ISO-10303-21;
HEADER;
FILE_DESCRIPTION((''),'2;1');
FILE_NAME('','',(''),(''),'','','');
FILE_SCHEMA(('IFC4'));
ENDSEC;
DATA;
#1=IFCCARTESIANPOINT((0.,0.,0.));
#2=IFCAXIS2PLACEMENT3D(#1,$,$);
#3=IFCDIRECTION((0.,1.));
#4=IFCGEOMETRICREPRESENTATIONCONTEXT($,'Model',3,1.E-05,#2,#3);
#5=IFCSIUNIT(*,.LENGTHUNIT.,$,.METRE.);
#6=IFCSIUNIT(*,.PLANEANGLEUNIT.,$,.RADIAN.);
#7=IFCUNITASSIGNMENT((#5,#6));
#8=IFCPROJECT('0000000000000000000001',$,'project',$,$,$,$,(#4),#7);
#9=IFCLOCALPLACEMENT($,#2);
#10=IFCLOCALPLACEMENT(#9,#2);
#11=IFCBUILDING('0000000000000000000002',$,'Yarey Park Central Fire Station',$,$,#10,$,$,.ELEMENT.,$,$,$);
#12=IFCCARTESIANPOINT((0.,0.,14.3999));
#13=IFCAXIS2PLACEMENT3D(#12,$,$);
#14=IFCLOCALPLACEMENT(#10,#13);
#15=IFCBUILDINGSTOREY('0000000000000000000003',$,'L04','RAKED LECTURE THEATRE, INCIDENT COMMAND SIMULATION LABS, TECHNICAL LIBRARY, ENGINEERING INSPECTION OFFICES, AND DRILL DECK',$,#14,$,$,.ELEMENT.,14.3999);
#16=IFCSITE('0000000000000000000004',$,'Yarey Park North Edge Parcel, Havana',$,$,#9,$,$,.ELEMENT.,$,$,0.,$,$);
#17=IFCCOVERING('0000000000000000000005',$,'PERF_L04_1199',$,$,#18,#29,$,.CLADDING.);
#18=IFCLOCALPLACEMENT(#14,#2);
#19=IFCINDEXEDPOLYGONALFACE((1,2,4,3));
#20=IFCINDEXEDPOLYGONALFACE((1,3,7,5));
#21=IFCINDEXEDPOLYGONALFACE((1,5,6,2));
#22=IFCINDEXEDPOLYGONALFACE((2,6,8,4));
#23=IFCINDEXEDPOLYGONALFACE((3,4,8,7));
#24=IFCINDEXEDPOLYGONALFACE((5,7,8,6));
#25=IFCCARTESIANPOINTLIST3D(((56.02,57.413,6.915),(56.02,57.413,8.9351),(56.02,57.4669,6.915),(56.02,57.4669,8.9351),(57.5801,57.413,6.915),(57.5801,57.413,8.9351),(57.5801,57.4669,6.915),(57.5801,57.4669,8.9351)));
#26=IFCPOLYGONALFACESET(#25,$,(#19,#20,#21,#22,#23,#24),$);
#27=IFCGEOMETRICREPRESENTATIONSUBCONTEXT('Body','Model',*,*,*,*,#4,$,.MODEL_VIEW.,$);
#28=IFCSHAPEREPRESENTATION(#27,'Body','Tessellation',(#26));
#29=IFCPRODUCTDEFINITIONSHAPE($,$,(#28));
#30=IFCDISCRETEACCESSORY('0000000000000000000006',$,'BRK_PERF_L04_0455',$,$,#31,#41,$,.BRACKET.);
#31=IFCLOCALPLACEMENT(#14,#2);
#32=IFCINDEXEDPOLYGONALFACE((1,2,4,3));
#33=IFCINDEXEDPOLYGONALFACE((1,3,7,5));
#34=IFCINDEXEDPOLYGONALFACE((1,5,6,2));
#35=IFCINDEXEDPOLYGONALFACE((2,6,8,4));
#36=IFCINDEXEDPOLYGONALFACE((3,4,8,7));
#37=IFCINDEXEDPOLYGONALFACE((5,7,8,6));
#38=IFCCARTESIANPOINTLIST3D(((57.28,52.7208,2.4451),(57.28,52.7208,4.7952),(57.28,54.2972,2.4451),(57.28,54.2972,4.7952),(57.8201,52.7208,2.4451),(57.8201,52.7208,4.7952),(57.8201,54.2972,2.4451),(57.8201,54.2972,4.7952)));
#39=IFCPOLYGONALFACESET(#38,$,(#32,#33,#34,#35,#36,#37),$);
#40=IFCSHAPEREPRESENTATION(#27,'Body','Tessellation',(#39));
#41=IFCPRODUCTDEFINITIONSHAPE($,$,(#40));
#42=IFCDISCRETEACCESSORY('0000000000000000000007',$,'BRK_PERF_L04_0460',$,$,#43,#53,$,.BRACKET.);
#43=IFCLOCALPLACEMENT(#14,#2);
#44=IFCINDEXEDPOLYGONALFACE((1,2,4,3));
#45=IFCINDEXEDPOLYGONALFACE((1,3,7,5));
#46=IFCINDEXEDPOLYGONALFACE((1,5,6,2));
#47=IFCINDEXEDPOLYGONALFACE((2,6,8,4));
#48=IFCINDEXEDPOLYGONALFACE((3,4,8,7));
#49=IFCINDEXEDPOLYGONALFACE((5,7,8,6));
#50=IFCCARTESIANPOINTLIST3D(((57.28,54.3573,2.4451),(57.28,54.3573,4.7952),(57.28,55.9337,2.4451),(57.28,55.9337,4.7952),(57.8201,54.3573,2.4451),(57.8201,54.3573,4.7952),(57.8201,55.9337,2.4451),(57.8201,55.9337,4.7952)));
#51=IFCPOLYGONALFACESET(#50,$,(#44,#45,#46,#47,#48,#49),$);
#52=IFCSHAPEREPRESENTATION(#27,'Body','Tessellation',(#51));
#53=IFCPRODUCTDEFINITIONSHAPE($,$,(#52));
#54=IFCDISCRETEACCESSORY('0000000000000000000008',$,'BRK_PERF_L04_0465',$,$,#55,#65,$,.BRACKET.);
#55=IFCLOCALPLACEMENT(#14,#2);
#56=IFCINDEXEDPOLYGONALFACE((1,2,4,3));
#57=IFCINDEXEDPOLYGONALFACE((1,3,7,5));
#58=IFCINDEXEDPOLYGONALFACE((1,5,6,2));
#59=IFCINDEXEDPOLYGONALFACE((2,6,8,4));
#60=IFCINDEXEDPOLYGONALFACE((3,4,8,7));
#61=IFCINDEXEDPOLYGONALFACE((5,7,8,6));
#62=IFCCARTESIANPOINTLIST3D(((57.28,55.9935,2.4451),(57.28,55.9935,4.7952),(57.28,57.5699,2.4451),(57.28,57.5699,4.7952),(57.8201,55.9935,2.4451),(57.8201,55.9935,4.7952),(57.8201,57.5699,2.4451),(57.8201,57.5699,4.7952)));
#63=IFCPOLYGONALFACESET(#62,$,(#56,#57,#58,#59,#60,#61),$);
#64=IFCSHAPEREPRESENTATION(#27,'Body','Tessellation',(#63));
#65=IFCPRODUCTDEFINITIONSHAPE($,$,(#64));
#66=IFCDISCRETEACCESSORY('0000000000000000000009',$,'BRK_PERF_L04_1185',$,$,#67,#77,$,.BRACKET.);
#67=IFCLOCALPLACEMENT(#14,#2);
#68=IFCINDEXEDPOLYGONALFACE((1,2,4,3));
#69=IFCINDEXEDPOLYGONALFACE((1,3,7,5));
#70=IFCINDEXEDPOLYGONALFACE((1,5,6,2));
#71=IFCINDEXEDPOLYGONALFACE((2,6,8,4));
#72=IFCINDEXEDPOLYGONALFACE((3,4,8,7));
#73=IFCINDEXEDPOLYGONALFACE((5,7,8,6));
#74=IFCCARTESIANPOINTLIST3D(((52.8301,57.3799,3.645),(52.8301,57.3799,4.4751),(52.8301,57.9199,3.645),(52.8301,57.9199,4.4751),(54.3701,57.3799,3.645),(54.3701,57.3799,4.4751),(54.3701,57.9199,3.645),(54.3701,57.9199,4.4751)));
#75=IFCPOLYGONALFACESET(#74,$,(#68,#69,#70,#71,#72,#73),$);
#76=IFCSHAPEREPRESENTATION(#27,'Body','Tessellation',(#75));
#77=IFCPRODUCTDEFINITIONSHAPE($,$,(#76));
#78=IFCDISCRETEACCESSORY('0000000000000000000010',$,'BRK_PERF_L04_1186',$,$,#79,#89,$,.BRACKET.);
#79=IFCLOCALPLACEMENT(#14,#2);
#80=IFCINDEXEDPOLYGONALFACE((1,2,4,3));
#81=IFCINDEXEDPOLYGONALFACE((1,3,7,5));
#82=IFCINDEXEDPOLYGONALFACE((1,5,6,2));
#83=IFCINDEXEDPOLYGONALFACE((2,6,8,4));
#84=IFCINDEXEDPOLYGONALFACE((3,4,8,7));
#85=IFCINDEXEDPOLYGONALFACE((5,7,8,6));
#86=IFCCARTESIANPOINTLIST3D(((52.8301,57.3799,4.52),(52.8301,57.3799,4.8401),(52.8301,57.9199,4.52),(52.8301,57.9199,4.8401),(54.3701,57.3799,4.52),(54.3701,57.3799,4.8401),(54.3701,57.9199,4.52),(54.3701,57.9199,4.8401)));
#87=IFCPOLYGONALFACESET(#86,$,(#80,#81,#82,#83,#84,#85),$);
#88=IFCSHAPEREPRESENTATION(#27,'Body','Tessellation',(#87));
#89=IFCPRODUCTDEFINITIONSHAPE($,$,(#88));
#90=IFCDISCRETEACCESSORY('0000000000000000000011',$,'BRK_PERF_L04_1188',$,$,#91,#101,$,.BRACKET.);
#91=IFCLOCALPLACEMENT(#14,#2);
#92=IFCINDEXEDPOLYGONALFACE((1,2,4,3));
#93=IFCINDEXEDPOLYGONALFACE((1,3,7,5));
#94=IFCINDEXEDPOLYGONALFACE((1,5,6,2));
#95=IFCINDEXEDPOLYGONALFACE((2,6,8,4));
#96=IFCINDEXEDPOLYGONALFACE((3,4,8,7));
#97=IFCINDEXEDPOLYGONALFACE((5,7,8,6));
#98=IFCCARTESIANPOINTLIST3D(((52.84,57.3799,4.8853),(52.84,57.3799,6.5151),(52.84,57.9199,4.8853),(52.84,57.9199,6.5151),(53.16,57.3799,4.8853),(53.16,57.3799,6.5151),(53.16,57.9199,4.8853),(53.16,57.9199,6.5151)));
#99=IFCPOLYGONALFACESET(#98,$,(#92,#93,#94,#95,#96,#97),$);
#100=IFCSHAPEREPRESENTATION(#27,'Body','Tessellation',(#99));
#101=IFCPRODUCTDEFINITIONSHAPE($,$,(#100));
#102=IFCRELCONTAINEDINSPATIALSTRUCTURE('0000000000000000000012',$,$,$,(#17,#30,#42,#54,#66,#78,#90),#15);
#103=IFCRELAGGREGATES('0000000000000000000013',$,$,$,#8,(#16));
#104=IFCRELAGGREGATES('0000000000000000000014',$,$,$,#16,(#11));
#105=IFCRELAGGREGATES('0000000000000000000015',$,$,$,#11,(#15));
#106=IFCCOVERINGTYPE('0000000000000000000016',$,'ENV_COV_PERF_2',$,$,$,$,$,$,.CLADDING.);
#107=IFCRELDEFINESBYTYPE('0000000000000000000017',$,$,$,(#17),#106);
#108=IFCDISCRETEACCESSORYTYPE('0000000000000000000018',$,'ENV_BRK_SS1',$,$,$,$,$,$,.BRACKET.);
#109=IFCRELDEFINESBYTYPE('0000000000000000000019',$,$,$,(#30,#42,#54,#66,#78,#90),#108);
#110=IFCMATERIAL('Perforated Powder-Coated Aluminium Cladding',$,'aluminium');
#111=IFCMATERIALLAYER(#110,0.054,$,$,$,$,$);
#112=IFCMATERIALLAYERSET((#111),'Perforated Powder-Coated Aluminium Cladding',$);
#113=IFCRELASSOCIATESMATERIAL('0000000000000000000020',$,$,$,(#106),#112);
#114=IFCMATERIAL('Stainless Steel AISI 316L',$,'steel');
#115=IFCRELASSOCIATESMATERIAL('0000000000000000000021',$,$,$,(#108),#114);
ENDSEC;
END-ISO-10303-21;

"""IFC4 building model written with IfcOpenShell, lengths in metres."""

from ifc_helpers import new_model, si_unit, direction, frame, origin, origin_2d, place, context, subcontext, project, spatial, rectangle, extrude, material, layer, layer_set, type_object, element, save


model = new_model("IFC4")

# Units and contexts
model_context = context("Model", 3, precision=1e-05, world=origin(), true_north=direction((0.0, 1.0)))
body_context = subcontext(model_context, "Body", "Model", "MODEL_VIEW")
ifc_project = project(units=[si_unit("LENGTHUNIT", "METRE"), si_unit("PLANEANGLEUNIT", "RADIAN")], contexts=[model_context])

# Site, building, storey
site_placement = place(None, origin())
site = spatial("IfcSite", under=ifc_project, at=site_placement, Name="Yarey Park North Edge Parcel, Havana", CompositionType="ELEMENT", RefElevation=0.0)
building_placement = place(site_placement, origin())
building = spatial("IfcBuilding", under=site, at=building_placement, Name="Yarey Park Central Fire Station", CompositionType="ELEMENT")
storey_placement = place(building_placement, frame((0.0, 0.0, 14.3999)))
storey = spatial("IfcBuildingStorey", under=building, at=storey_placement, Name="L04", Description="RAKED LECTURE THEATRE, INCIDENT COMMAND SIMULATION LABS, TECHNICAL LIBRARY, ENGINEERING INSPECTION OFFICES, AND DRILL DECK", CompositionType="ELEMENT", Elevation=14.3999)

# Covering
ifc_material_1 = material(Name="Perforated Powder-Coated Aluminium Cladding", Category="aluminium")
ifc_layer_1 = layer(ifc_material_1, 0.054)
ifc_layer_set_1 = layer_set([ifc_layer_1], Name="Perforated Powder-Coated Aluminium Cladding")
covering_type_1 = type_object("IfcCoveringType", Name="ENV_COV_PERF_2", PredefinedType="CLADDING", material=ifc_layer_set_1)
covering_1_placement = place(storey_placement, frame((56.8, 57.4399, 6.915), z_axis=(0.0, 0.0, 1.0), x_axis=(1.0, 0.0, 0.0)))
element("IfcCovering", 1, at=covering_1_placement, inside=storey, type_object=covering_type_1, Name="PERF_L04_1199", PredefinedType="CLADDING", context=body_context, shape_type="SweptSolid", body=[
    extrude(rectangle(XDim=1.5601, YDim=0.054, at=origin_2d()), origin(), (0.0, 0.0, 1.0), 2.02),
])

# Discrete accessories
ifc_material_2 = material(Name="Stainless Steel AISI 316L", Category="steel")
discrete_accessory_type = type_object("IfcDiscreteAccessoryType", Name="ENV_BRK_SS1", PredefinedType="BRACKET", material=ifc_material_2)
for number, where, z_axis, x_axis, name in (
    (2, (57.55, 53.509, 2.4451), (0.0, 0.0, 1.0), (1.0, 0.0, 0.0), "BRK_PERF_L04_0455"),
    (3, (57.55, 55.1455, 2.4451), (0.0, 0.0, 1.0), (1.0, 0.0, 0.0), "BRK_PERF_L04_0460"),
    (4, (57.55, 56.7817, 2.4451), (0.0, 0.0, 1.0), (1.0, 0.0, 0.0), "BRK_PERF_L04_0465"),
):
    element("IfcDiscreteAccessory", number, at=place(storey_placement, frame(where, z_axis=z_axis, x_axis=x_axis)), inside=storey, type_object=discrete_accessory_type, Name=name, PredefinedType="BRACKET", context=body_context, shape_type="SweptSolid", body=[
        extrude(rectangle(XDim=0.54, YDim=1.5764, at=origin_2d()), origin(), (0.0, 0.0, 1.0), 2.3501),
    ])
discrete_accessory_1_placement = place(storey_placement, frame((53.6001, 57.6499, 3.645), z_axis=(0.0, 0.0, 1.0), x_axis=(1.0, 0.0, 0.0)))
element("IfcDiscreteAccessory", 5, at=discrete_accessory_1_placement, inside=storey, type_object=discrete_accessory_type, Name="BRK_PERF_L04_1185", PredefinedType="BRACKET", context=body_context, shape_type="SweptSolid", body=[
    extrude(rectangle(XDim=1.54, YDim=0.54, at=origin_2d()), origin(), (0.0, 0.0, 1.0), 0.8301),
])
discrete_accessory_2_placement = place(storey_placement, frame((53.6001, 57.6499, 4.52), z_axis=(0.0, 0.0, 1.0), x_axis=(1.0, 0.0, 0.0)))
element("IfcDiscreteAccessory", 6, at=discrete_accessory_2_placement, inside=storey, type_object=discrete_accessory_type, Name="BRK_PERF_L04_1186", PredefinedType="BRACKET", context=body_context, shape_type="SweptSolid", body=[
    extrude(rectangle(XDim=1.54, YDim=0.54, at=origin_2d()), origin(), (0.0, 0.0, 1.0), 0.3201),
])
discrete_accessory_3_placement = place(storey_placement, frame((53.0, 57.6499, 4.8853), z_axis=(0.0, 0.0, 1.0), x_axis=(1.0, 0.0, 0.0)))
element("IfcDiscreteAccessory", 7, at=discrete_accessory_3_placement, inside=storey, type_object=discrete_accessory_type, Name="BRK_PERF_L04_1188", PredefinedType="BRACKET", context=body_context, shape_type="SweptSolid", body=[
    extrude(rectangle(XDim=0.3201, YDim=0.54, at=origin_2d()), origin(), (0.0, 0.0, 1.0), 1.6299),
])

save(model, "model.ifc")
